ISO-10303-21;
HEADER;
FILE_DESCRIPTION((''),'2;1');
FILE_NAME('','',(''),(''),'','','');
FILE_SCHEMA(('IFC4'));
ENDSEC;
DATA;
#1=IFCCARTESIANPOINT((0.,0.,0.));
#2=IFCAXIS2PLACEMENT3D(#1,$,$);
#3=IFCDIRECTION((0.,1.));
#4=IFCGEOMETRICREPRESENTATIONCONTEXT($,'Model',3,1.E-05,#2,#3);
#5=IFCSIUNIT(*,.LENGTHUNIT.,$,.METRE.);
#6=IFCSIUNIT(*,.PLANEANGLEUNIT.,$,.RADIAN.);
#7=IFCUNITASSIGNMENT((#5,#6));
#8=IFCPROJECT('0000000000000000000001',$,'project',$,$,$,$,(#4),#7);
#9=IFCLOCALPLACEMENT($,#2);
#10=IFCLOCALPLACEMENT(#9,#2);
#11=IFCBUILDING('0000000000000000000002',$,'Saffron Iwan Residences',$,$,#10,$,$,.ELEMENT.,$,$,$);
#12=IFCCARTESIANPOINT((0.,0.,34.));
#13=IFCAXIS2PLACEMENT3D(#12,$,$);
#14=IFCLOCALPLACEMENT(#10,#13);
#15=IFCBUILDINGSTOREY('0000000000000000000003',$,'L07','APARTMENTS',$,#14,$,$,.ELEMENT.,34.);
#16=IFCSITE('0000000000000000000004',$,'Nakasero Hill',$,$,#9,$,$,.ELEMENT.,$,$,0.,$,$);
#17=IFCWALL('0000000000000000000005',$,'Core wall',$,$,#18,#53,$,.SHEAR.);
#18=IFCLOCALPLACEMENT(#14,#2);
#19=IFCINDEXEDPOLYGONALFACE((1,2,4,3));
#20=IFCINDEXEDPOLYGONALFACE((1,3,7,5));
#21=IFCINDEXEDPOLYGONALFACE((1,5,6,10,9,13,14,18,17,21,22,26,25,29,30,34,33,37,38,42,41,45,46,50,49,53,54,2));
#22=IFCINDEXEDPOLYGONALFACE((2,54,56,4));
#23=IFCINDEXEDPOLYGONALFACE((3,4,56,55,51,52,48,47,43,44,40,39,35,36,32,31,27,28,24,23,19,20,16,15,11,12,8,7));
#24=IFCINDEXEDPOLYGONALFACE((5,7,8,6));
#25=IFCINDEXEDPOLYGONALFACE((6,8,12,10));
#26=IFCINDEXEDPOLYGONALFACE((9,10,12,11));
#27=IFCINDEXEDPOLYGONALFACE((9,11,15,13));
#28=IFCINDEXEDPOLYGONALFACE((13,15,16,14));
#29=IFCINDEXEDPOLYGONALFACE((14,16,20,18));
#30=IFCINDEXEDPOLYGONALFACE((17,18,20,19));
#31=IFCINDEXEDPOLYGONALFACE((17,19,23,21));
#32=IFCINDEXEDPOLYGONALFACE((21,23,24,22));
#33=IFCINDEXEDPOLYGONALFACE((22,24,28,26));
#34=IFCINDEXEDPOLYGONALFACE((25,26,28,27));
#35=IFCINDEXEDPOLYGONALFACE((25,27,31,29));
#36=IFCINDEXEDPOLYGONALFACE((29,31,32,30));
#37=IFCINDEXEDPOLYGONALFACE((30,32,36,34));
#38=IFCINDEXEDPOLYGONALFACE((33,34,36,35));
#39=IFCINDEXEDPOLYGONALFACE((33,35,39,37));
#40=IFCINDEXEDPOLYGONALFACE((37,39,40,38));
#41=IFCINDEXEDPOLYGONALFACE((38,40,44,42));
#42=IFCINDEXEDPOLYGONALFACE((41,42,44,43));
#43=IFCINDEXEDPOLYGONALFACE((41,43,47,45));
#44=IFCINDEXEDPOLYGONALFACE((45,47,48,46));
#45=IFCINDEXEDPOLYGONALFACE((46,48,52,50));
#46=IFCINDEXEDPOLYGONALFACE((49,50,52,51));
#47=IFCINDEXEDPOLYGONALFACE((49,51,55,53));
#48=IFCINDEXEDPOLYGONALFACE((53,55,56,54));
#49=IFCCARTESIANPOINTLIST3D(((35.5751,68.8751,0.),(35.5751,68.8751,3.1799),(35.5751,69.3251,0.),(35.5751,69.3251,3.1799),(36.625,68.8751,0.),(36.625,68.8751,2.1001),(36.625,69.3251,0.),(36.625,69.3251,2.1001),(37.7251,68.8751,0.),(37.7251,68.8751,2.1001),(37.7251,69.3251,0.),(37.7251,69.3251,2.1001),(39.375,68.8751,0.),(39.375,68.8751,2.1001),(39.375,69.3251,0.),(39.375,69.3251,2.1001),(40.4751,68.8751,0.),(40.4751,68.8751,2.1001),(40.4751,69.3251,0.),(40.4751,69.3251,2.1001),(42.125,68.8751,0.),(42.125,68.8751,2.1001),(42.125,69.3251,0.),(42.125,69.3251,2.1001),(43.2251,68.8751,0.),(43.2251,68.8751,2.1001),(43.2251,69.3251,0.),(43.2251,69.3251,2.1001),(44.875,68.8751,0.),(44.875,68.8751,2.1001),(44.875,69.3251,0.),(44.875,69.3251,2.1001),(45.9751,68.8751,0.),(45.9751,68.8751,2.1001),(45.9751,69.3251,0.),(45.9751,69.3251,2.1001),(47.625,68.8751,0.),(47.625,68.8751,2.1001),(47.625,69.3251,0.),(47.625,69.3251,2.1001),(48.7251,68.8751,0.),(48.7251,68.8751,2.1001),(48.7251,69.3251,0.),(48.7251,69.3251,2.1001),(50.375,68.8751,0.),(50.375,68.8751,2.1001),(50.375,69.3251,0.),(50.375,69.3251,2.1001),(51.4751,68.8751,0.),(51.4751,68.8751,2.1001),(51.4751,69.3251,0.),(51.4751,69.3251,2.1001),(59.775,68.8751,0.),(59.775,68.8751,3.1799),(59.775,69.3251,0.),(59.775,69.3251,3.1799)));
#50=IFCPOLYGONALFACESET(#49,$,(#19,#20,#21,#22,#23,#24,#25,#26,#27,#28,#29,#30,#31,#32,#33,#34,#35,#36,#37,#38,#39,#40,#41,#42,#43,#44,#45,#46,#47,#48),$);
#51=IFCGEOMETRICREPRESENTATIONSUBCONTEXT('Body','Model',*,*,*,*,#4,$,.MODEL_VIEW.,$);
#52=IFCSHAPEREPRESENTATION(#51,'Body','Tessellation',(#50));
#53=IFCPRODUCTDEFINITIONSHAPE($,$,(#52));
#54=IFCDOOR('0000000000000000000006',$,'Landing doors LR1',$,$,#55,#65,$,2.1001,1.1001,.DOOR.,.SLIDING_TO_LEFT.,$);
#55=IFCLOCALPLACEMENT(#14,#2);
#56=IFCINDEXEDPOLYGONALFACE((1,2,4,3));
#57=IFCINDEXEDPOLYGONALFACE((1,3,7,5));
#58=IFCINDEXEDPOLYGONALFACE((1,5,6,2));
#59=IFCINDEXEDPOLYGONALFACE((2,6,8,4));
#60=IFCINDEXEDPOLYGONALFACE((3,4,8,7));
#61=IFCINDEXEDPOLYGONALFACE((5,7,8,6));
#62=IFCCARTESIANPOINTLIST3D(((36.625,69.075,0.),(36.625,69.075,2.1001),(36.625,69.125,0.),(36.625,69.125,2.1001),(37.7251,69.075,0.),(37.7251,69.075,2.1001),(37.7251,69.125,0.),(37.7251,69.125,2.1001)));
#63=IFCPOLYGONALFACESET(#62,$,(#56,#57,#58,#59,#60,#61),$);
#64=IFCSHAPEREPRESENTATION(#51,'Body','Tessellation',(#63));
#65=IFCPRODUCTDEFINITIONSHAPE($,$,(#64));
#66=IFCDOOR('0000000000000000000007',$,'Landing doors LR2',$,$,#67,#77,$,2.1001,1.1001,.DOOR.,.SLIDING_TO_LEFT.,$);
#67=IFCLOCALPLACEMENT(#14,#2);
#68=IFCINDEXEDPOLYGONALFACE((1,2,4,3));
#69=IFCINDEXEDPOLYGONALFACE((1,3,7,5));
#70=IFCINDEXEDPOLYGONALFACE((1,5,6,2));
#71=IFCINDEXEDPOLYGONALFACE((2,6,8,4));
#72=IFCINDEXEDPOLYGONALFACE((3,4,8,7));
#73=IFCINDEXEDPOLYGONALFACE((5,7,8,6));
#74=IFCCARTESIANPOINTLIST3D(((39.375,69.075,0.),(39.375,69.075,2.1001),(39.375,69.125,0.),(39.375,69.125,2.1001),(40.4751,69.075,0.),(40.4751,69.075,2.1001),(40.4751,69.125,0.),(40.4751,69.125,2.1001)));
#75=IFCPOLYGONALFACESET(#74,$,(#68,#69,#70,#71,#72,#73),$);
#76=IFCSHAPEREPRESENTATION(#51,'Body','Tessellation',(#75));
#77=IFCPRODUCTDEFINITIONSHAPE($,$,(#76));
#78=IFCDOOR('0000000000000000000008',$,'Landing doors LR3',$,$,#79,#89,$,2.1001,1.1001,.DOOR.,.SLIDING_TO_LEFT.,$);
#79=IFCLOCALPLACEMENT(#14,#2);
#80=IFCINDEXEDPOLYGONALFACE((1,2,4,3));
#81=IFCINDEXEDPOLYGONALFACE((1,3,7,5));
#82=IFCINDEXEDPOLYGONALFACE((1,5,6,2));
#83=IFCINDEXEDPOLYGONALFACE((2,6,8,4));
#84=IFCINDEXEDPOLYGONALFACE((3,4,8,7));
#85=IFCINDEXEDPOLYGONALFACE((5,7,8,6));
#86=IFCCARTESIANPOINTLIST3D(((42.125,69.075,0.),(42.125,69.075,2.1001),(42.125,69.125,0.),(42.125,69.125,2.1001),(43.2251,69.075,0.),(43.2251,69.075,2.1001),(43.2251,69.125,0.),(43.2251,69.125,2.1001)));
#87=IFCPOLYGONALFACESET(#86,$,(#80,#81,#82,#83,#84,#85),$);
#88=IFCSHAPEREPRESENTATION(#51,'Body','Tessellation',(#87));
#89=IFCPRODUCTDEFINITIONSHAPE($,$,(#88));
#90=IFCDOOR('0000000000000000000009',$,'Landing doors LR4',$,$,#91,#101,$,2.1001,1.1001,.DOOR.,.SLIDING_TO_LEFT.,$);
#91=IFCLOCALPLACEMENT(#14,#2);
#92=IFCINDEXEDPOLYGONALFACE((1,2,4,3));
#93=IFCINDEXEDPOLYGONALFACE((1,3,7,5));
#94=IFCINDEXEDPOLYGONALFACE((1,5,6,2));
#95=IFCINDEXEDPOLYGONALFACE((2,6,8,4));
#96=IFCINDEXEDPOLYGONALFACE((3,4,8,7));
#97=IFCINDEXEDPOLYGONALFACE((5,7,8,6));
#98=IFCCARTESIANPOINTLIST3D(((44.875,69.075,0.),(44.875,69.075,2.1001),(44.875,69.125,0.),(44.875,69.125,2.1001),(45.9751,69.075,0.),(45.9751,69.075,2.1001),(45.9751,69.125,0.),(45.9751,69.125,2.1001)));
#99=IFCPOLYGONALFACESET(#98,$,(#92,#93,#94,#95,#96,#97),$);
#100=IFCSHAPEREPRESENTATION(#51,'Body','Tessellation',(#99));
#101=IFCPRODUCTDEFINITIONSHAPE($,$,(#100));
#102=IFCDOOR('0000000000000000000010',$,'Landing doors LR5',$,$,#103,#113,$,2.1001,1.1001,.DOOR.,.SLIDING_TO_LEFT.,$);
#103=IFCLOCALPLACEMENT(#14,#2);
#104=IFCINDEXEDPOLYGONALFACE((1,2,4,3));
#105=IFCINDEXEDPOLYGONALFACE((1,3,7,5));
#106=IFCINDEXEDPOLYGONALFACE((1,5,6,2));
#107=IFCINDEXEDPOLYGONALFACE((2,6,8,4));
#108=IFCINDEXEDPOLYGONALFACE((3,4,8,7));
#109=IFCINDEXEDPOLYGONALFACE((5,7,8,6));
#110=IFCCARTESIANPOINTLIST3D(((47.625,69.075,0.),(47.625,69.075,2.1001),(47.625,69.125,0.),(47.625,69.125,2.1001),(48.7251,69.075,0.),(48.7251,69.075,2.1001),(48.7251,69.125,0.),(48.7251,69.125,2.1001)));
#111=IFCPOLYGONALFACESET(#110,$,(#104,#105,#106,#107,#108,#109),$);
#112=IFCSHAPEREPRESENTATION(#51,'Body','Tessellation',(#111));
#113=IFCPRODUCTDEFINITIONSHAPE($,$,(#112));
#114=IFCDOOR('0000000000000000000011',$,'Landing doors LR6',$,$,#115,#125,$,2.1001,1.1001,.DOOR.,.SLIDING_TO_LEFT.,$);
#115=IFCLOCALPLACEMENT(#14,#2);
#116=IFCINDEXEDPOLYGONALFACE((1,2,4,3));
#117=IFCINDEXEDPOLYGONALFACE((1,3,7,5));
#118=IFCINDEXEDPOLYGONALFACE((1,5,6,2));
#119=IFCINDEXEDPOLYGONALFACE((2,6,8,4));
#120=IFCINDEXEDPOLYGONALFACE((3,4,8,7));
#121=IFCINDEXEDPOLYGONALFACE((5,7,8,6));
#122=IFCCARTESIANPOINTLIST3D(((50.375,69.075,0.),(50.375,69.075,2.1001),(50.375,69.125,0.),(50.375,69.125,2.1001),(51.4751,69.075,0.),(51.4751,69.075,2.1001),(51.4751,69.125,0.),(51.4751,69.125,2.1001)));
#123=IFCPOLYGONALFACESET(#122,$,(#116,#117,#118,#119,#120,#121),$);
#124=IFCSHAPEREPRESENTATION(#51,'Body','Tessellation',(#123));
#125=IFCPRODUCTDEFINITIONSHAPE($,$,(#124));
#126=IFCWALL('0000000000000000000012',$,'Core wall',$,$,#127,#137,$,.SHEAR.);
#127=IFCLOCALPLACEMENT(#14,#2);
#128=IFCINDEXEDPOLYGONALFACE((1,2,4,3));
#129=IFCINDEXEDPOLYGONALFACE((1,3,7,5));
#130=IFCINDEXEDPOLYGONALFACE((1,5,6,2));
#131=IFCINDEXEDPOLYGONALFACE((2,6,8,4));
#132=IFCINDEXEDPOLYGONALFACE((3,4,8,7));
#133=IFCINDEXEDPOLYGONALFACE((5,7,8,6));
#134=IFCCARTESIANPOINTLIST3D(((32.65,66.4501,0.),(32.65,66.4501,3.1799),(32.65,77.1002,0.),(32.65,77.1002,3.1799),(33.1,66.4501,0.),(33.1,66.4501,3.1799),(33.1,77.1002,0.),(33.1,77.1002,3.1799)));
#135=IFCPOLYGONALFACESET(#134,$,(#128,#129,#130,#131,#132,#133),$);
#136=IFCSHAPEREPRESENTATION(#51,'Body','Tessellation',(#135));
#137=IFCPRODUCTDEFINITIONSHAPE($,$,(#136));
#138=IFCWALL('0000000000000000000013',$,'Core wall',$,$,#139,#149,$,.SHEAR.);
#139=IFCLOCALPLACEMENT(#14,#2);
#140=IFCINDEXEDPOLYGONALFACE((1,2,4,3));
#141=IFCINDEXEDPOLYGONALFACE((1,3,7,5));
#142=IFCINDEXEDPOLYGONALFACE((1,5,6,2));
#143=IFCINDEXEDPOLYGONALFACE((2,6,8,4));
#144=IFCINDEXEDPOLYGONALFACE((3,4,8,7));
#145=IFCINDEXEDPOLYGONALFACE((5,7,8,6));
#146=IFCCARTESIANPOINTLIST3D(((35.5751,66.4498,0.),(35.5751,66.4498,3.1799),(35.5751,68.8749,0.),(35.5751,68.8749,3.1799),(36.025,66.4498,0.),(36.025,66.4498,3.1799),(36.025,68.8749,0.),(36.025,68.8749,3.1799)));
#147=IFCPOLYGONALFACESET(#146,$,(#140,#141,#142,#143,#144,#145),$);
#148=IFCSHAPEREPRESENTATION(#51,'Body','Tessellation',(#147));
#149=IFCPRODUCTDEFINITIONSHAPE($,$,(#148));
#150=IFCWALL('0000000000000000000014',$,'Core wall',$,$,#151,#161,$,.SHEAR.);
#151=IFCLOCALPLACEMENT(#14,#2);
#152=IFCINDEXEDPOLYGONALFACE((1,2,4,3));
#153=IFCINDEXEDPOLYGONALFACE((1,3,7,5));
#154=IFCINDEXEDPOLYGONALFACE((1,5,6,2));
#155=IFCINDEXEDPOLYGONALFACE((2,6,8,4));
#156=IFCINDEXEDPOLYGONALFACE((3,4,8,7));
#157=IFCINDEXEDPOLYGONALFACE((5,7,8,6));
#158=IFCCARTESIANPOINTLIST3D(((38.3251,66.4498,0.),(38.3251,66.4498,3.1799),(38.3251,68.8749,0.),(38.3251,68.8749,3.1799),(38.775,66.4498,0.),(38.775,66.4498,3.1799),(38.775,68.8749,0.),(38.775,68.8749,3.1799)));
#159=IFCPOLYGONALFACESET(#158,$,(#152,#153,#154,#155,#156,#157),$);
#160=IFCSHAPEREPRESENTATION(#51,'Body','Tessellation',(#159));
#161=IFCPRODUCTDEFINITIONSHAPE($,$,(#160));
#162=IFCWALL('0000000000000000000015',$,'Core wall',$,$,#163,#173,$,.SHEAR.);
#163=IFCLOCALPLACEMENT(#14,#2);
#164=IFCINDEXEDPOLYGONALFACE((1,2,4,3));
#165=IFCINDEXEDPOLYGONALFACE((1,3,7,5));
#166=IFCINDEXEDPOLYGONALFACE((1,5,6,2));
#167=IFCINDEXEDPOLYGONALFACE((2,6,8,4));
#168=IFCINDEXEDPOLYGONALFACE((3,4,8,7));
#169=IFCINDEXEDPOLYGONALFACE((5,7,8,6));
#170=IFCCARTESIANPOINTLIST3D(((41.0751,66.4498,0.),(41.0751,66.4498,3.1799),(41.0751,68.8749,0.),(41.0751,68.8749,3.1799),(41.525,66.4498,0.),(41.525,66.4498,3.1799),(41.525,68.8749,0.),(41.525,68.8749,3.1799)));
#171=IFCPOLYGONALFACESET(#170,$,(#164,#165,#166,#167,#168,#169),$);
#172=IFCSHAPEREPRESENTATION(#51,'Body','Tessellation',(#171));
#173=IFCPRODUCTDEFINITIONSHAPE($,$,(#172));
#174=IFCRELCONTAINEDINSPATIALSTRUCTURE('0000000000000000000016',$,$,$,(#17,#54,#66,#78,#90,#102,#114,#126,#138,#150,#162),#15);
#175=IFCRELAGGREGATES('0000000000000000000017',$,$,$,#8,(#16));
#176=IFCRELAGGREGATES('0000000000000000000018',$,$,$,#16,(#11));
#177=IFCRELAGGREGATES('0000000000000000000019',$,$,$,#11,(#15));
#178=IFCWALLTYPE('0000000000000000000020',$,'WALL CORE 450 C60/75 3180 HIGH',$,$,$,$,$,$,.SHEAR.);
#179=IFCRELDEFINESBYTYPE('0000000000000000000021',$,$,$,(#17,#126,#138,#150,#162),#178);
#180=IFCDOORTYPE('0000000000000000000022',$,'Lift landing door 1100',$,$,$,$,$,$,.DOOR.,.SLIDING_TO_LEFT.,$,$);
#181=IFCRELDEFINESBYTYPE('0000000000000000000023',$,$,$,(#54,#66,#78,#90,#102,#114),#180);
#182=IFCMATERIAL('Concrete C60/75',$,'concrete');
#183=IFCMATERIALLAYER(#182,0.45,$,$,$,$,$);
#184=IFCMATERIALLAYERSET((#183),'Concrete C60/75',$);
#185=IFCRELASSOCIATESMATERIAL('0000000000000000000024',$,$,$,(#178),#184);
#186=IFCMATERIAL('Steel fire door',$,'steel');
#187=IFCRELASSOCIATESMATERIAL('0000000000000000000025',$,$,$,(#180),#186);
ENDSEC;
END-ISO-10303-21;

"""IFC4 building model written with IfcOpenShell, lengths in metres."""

from ifc_helpers import new_model, si_unit, direction, frame, frame_2d, origin, place, context, subcontext, project, spatial, rectangle, extrude, material, layer, layer_set, type_object, element, fill, save


model = new_model("IFC4")

# Units and contexts
model_context = context("Model", 3, precision=1e-05, world=origin(), true_north=direction((0.0, 1.0)))
body_context = subcontext(model_context, "Body", "Model", "MODEL_VIEW")
ifc_project = project(units=[si_unit("LENGTHUNIT", "METRE"), si_unit("PLANEANGLEUNIT", "RADIAN")], contexts=[model_context])

# Site, building, storey
site_placement = place(None, origin())
site = spatial("IfcSite", under=ifc_project, at=site_placement, Name="Nakasero Hill", CompositionType="ELEMENT", RefElevation=0.0)
building_placement = place(site_placement, origin())
building = spatial("IfcBuilding", under=site, at=building_placement, Name="Saffron Iwan Residences", CompositionType="ELEMENT")
storey_placement = place(building_placement, frame((0.0, 0.0, 34.0)))
storey = spatial("IfcBuildingStorey", under=building, at=storey_placement, Name="L07", Description="APARTMENTS", CompositionType="ELEMENT", Elevation=34.0)

# Wall, openings, doors
ifc_material_1 = material(Name="Concrete C60/75", Category="concrete")
ifc_layer_1 = layer(ifc_material_1, 0.45)
ifc_layer_set_1 = layer_set([ifc_layer_1], Name="Concrete C60/75")
wall_type_1 = type_object("IfcWallType", Name="WALL CORE 450 C60/75 3180 HIGH", PredefinedType="SHEAR", material=ifc_layer_set_1)
ifc_material_2 = material(Name="Steel fire door", Category="steel")
wall_1_placement = place(storey_placement, frame((35.575, 69.1001, 0.0), z_axis=(0.0, 0.0, 1.0), x_axis=(1.0, 0.0, 0.0)))
wall_1 = element("IfcWall", 1, at=wall_1_placement, inside=storey, type_object=wall_type_1, Name="Core wall", PredefinedType="SHEAR", context=body_context, shape_type="SweptSolid", body=[
    extrude(rectangle(XDim=24.2, YDim=0.45, at=frame_2d((12.1001, 0.0))), origin(), (0.0, 0.0, 1.0), 3.1799),
])
opening_1_placement = place(wall_1_placement, frame((1.05, 0.0, 0.0)))
opening_1 = element("IfcOpeningElement", 2, at=opening_1_placement, cuts=wall_1, PredefinedType="OPENING", context=body_context, shape_type="SweptSolid", body=[
    extrude(rectangle(XDim=1.1001, YDim=2.1001, at=frame_2d((0.55, 1.05))), frame((0.0, 0.2349, 0.0), z_axis=(0.0, -1.0, 0.0), x_axis=(1.0, 0.0, 0.0)), (0.0, 0.0, 1.0), 0.47),
])
opening_2_placement = place(wall_1_placement, frame((3.8, 0.0, 0.0)))
opening_2 = element("IfcOpeningElement", 3, at=opening_2_placement, cuts=wall_1, PredefinedType="OPENING", context=body_context, shape_type="SweptSolid", body=[
    extrude(rectangle(XDim=1.1001, YDim=2.1001, at=frame_2d((0.55, 1.05))), frame((0.0, 0.2349, 0.0), z_axis=(0.0, -1.0, 0.0), x_axis=(1.0, 0.0, 0.0)), (0.0, 0.0, 1.0), 0.47),
])
opening_3_placement = place(wall_1_placement, frame((6.55, 0.0, 0.0)))
opening_3 = element("IfcOpeningElement", 4, at=opening_3_placement, cuts=wall_1, PredefinedType="OPENING", context=body_context, shape_type="SweptSolid", body=[
    extrude(rectangle(XDim=1.1001, YDim=2.1001, at=frame_2d((0.55, 1.05))), frame((0.0, 0.2349, 0.0), z_axis=(0.0, -1.0, 0.0), x_axis=(1.0, 0.0, 0.0)), (0.0, 0.0, 1.0), 0.47),
])
opening_4_placement = place(wall_1_placement, frame((9.3, 0.0, 0.0)))
opening_4 = element("IfcOpeningElement", 5, at=opening_4_placement, cuts=wall_1, PredefinedType="OPENING", context=body_context, shape_type="SweptSolid", body=[
    extrude(rectangle(XDim=1.1001, YDim=2.1001, at=frame_2d((0.55, 1.05))), frame((0.0, 0.2349, 0.0), z_axis=(0.0, -1.0, 0.0), x_axis=(1.0, 0.0, 0.0)), (0.0, 0.0, 1.0), 0.47),
])
opening_5_placement = place(wall_1_placement, frame((12.05, 0.0, 0.0)))
opening_5 = element("IfcOpeningElement", 6, at=opening_5_placement, cuts=wall_1, PredefinedType="OPENING", context=body_context, shape_type="SweptSolid", body=[
    extrude(rectangle(XDim=1.1001, YDim=2.1001, at=frame_2d((0.55, 1.05))), frame((0.0, 0.2349, 0.0), z_axis=(0.0, -1.0, 0.0), x_axis=(1.0, 0.0, 0.0)), (0.0, 0.0, 1.0), 0.47),
])
opening_6_placement = place(wall_1_placement, frame((14.8, 0.0, 0.0)))
opening_6 = element("IfcOpeningElement", 7, at=opening_6_placement, cuts=wall_1, PredefinedType="OPENING", context=body_context, shape_type="SweptSolid", body=[
    extrude(rectangle(XDim=1.1001, YDim=2.1001, at=frame_2d((0.55, 1.05))), frame((0.0, 0.2349, 0.0), z_axis=(0.0, -1.0, 0.0), x_axis=(1.0, 0.0, 0.0)), (0.0, 0.0, 1.0), 0.47),
])
door_type_1 = type_object("IfcDoorType", Name="Lift landing door 1100", OperationType="SLIDING_TO_LEFT", PredefinedType="DOOR", material=ifc_material_2)
door_1_placement = place(opening_1_placement, origin())
door_1 = element("IfcDoor", 8, at=door_1_placement, inside=storey, type_object=door_type_1, Name="Landing doors LR1", OperationType="SLIDING_TO_LEFT", OverallHeight=2.1001, OverallWidth=1.1001, PredefinedType="DOOR", context=body_context, shape_type="SweptSolid", body=[
    extrude(rectangle(XDim=1.1001, YDim=2.1001, at=frame_2d((0.55, 1.05))), frame((0.0, 0.0249, 0.0), z_axis=(0.0, -1.0, 0.0), x_axis=(1.0, 0.0, 0.0)), (0.0, 0.0, 1.0), 0.05),
])
fill(opening_1, door_1)
door_2_placement = place(opening_2_placement, origin())
door_2 = element("IfcDoor", 9, at=door_2_placement, inside=storey, type_object=door_type_1, Name="Landing doors LR2", OperationType="SLIDING_TO_LEFT", OverallHeight=2.1001, OverallWidth=1.1001, PredefinedType="DOOR", context=body_context, shape_type="SweptSolid", body=[
    extrude(rectangle(XDim=1.1001, YDim=2.1001, at=frame_2d((0.55, 1.05))), frame((0.0, 0.0249, 0.0), z_axis=(0.0, -1.0, 0.0), x_axis=(1.0, 0.0, 0.0)), (0.0, 0.0, 1.0), 0.05),
])
fill(opening_2, door_2)
door_3_placement = place(opening_3_placement, origin())
door_3 = element("IfcDoor", 10, at=door_3_placement, inside=storey, type_object=door_type_1, Name="Landing doors LR3", OperationType="SLIDING_TO_LEFT", OverallHeight=2.1001, OverallWidth=1.1001, PredefinedType="DOOR", context=body_context, shape_type="SweptSolid", body=[
    extrude(rectangle(XDim=1.1001, YDim=2.1001, at=frame_2d((0.55, 1.05))), frame((0.0, 0.0249, 0.0), z_axis=(0.0, -1.0, 0.0), x_axis=(1.0, 0.0, 0.0)), (0.0, 0.0, 1.0), 0.05),
])
fill(opening_3, door_3)
door_4_placement = place(opening_4_placement, origin())
door_4 = element("IfcDoor", 11, at=door_4_placement, inside=storey, type_object=door_type_1, Name="Landing doors LR4", OperationType="SLIDING_TO_LEFT", OverallHeight=2.1001, OverallWidth=1.1001, PredefinedType="DOOR", context=body_context, shape_type="SweptSolid", body=[
    extrude(rectangle(XDim=1.1001, YDim=2.1001, at=frame_2d((0.55, 1.05))), frame((0.0, 0.0249, 0.0), z_axis=(0.0, -1.0, 0.0), x_axis=(1.0, 0.0, 0.0)), (0.0, 0.0, 1.0), 0.05),
])
fill(opening_4, door_4)
door_5_placement = place(opening_5_placement, origin())
door_5 = element("IfcDoor", 12, at=door_5_placement, inside=storey, type_object=door_type_1, Name="Landing doors LR5", OperationType="SLIDING_TO_LEFT", OverallHeight=2.1001, OverallWidth=1.1001, PredefinedType="DOOR", context=body_context, shape_type="SweptSolid", body=[
    extrude(rectangle(XDim=1.1001, YDim=2.1001, at=frame_2d((0.55, 1.05))), frame((0.0, 0.0249, 0.0), z_axis=(0.0, -1.0, 0.0), x_axis=(1.0, 0.0, 0.0)), (0.0, 0.0, 1.0), 0.05),
])
fill(opening_5, door_5)
door_6_placement = place(opening_6_placement, origin())
door_6 = element("IfcDoor", 13, at=door_6_placement, inside=storey, type_object=door_type_1, Name="Landing doors LR6", OperationType="SLIDING_TO_LEFT", OverallHeight=2.1001, OverallWidth=1.1001, PredefinedType="DOOR", context=body_context, shape_type="SweptSolid", body=[
    extrude(rectangle(XDim=1.1001, YDim=2.1001, at=frame_2d((0.55, 1.05))), frame((0.0, 0.0249, 0.0), z_axis=(0.0, -1.0, 0.0), x_axis=(1.0, 0.0, 0.0)), (0.0, 0.0, 1.0), 0.05),
])
fill(opening_6, door_6)

# Walls
wall_2_placement = place(storey_placement, frame((32.875, 66.45, 0.0), z_axis=(0.0, 0.0, 1.0), x_axis=(0.0, 1.0, 0.0)))
element("IfcWall", 14, at=wall_2_placement, inside=storey, type_object=wall_type_1, Name="Core wall", PredefinedType="SHEAR", context=body_context, shape_type="SweptSolid", body=[
    extrude(rectangle(XDim=10.6501, YDim=0.45, at=frame_2d((5.3252, 0.0))), origin(), (0.0, 0.0, 1.0), 3.1799),
])
for number, where, z_axis, x_axis, name in (
    (15, (35.8, 66.45, 0.0), (0.0, 0.0, 1.0), (0.0, 1.0, 0.0), "Core wall"),
    (16, (38.55, 66.45, 0.0), (0.0, 0.0, 1.0), (0.0, 1.0, 0.0), "Core wall"),
    (17, (41.3, 66.45, 0.0), (0.0, 0.0, 1.0), (0.0, 1.0, 0.0), "Core wall"),
):
    element("IfcWall", number, at=place(storey_placement, frame(where, z_axis=z_axis, x_axis=x_axis)), inside=storey, type_object=wall_type_1, Name=name, PredefinedType="SHEAR", context=body_context, shape_type="SweptSolid", body=[
        extrude(rectangle(XDim=2.425, YDim=0.45, at=frame_2d((1.2124, 0.0))), origin(), (0.0, 0.0, 1.0), 3.1799),
    ])

save(model, "model.ifc")
